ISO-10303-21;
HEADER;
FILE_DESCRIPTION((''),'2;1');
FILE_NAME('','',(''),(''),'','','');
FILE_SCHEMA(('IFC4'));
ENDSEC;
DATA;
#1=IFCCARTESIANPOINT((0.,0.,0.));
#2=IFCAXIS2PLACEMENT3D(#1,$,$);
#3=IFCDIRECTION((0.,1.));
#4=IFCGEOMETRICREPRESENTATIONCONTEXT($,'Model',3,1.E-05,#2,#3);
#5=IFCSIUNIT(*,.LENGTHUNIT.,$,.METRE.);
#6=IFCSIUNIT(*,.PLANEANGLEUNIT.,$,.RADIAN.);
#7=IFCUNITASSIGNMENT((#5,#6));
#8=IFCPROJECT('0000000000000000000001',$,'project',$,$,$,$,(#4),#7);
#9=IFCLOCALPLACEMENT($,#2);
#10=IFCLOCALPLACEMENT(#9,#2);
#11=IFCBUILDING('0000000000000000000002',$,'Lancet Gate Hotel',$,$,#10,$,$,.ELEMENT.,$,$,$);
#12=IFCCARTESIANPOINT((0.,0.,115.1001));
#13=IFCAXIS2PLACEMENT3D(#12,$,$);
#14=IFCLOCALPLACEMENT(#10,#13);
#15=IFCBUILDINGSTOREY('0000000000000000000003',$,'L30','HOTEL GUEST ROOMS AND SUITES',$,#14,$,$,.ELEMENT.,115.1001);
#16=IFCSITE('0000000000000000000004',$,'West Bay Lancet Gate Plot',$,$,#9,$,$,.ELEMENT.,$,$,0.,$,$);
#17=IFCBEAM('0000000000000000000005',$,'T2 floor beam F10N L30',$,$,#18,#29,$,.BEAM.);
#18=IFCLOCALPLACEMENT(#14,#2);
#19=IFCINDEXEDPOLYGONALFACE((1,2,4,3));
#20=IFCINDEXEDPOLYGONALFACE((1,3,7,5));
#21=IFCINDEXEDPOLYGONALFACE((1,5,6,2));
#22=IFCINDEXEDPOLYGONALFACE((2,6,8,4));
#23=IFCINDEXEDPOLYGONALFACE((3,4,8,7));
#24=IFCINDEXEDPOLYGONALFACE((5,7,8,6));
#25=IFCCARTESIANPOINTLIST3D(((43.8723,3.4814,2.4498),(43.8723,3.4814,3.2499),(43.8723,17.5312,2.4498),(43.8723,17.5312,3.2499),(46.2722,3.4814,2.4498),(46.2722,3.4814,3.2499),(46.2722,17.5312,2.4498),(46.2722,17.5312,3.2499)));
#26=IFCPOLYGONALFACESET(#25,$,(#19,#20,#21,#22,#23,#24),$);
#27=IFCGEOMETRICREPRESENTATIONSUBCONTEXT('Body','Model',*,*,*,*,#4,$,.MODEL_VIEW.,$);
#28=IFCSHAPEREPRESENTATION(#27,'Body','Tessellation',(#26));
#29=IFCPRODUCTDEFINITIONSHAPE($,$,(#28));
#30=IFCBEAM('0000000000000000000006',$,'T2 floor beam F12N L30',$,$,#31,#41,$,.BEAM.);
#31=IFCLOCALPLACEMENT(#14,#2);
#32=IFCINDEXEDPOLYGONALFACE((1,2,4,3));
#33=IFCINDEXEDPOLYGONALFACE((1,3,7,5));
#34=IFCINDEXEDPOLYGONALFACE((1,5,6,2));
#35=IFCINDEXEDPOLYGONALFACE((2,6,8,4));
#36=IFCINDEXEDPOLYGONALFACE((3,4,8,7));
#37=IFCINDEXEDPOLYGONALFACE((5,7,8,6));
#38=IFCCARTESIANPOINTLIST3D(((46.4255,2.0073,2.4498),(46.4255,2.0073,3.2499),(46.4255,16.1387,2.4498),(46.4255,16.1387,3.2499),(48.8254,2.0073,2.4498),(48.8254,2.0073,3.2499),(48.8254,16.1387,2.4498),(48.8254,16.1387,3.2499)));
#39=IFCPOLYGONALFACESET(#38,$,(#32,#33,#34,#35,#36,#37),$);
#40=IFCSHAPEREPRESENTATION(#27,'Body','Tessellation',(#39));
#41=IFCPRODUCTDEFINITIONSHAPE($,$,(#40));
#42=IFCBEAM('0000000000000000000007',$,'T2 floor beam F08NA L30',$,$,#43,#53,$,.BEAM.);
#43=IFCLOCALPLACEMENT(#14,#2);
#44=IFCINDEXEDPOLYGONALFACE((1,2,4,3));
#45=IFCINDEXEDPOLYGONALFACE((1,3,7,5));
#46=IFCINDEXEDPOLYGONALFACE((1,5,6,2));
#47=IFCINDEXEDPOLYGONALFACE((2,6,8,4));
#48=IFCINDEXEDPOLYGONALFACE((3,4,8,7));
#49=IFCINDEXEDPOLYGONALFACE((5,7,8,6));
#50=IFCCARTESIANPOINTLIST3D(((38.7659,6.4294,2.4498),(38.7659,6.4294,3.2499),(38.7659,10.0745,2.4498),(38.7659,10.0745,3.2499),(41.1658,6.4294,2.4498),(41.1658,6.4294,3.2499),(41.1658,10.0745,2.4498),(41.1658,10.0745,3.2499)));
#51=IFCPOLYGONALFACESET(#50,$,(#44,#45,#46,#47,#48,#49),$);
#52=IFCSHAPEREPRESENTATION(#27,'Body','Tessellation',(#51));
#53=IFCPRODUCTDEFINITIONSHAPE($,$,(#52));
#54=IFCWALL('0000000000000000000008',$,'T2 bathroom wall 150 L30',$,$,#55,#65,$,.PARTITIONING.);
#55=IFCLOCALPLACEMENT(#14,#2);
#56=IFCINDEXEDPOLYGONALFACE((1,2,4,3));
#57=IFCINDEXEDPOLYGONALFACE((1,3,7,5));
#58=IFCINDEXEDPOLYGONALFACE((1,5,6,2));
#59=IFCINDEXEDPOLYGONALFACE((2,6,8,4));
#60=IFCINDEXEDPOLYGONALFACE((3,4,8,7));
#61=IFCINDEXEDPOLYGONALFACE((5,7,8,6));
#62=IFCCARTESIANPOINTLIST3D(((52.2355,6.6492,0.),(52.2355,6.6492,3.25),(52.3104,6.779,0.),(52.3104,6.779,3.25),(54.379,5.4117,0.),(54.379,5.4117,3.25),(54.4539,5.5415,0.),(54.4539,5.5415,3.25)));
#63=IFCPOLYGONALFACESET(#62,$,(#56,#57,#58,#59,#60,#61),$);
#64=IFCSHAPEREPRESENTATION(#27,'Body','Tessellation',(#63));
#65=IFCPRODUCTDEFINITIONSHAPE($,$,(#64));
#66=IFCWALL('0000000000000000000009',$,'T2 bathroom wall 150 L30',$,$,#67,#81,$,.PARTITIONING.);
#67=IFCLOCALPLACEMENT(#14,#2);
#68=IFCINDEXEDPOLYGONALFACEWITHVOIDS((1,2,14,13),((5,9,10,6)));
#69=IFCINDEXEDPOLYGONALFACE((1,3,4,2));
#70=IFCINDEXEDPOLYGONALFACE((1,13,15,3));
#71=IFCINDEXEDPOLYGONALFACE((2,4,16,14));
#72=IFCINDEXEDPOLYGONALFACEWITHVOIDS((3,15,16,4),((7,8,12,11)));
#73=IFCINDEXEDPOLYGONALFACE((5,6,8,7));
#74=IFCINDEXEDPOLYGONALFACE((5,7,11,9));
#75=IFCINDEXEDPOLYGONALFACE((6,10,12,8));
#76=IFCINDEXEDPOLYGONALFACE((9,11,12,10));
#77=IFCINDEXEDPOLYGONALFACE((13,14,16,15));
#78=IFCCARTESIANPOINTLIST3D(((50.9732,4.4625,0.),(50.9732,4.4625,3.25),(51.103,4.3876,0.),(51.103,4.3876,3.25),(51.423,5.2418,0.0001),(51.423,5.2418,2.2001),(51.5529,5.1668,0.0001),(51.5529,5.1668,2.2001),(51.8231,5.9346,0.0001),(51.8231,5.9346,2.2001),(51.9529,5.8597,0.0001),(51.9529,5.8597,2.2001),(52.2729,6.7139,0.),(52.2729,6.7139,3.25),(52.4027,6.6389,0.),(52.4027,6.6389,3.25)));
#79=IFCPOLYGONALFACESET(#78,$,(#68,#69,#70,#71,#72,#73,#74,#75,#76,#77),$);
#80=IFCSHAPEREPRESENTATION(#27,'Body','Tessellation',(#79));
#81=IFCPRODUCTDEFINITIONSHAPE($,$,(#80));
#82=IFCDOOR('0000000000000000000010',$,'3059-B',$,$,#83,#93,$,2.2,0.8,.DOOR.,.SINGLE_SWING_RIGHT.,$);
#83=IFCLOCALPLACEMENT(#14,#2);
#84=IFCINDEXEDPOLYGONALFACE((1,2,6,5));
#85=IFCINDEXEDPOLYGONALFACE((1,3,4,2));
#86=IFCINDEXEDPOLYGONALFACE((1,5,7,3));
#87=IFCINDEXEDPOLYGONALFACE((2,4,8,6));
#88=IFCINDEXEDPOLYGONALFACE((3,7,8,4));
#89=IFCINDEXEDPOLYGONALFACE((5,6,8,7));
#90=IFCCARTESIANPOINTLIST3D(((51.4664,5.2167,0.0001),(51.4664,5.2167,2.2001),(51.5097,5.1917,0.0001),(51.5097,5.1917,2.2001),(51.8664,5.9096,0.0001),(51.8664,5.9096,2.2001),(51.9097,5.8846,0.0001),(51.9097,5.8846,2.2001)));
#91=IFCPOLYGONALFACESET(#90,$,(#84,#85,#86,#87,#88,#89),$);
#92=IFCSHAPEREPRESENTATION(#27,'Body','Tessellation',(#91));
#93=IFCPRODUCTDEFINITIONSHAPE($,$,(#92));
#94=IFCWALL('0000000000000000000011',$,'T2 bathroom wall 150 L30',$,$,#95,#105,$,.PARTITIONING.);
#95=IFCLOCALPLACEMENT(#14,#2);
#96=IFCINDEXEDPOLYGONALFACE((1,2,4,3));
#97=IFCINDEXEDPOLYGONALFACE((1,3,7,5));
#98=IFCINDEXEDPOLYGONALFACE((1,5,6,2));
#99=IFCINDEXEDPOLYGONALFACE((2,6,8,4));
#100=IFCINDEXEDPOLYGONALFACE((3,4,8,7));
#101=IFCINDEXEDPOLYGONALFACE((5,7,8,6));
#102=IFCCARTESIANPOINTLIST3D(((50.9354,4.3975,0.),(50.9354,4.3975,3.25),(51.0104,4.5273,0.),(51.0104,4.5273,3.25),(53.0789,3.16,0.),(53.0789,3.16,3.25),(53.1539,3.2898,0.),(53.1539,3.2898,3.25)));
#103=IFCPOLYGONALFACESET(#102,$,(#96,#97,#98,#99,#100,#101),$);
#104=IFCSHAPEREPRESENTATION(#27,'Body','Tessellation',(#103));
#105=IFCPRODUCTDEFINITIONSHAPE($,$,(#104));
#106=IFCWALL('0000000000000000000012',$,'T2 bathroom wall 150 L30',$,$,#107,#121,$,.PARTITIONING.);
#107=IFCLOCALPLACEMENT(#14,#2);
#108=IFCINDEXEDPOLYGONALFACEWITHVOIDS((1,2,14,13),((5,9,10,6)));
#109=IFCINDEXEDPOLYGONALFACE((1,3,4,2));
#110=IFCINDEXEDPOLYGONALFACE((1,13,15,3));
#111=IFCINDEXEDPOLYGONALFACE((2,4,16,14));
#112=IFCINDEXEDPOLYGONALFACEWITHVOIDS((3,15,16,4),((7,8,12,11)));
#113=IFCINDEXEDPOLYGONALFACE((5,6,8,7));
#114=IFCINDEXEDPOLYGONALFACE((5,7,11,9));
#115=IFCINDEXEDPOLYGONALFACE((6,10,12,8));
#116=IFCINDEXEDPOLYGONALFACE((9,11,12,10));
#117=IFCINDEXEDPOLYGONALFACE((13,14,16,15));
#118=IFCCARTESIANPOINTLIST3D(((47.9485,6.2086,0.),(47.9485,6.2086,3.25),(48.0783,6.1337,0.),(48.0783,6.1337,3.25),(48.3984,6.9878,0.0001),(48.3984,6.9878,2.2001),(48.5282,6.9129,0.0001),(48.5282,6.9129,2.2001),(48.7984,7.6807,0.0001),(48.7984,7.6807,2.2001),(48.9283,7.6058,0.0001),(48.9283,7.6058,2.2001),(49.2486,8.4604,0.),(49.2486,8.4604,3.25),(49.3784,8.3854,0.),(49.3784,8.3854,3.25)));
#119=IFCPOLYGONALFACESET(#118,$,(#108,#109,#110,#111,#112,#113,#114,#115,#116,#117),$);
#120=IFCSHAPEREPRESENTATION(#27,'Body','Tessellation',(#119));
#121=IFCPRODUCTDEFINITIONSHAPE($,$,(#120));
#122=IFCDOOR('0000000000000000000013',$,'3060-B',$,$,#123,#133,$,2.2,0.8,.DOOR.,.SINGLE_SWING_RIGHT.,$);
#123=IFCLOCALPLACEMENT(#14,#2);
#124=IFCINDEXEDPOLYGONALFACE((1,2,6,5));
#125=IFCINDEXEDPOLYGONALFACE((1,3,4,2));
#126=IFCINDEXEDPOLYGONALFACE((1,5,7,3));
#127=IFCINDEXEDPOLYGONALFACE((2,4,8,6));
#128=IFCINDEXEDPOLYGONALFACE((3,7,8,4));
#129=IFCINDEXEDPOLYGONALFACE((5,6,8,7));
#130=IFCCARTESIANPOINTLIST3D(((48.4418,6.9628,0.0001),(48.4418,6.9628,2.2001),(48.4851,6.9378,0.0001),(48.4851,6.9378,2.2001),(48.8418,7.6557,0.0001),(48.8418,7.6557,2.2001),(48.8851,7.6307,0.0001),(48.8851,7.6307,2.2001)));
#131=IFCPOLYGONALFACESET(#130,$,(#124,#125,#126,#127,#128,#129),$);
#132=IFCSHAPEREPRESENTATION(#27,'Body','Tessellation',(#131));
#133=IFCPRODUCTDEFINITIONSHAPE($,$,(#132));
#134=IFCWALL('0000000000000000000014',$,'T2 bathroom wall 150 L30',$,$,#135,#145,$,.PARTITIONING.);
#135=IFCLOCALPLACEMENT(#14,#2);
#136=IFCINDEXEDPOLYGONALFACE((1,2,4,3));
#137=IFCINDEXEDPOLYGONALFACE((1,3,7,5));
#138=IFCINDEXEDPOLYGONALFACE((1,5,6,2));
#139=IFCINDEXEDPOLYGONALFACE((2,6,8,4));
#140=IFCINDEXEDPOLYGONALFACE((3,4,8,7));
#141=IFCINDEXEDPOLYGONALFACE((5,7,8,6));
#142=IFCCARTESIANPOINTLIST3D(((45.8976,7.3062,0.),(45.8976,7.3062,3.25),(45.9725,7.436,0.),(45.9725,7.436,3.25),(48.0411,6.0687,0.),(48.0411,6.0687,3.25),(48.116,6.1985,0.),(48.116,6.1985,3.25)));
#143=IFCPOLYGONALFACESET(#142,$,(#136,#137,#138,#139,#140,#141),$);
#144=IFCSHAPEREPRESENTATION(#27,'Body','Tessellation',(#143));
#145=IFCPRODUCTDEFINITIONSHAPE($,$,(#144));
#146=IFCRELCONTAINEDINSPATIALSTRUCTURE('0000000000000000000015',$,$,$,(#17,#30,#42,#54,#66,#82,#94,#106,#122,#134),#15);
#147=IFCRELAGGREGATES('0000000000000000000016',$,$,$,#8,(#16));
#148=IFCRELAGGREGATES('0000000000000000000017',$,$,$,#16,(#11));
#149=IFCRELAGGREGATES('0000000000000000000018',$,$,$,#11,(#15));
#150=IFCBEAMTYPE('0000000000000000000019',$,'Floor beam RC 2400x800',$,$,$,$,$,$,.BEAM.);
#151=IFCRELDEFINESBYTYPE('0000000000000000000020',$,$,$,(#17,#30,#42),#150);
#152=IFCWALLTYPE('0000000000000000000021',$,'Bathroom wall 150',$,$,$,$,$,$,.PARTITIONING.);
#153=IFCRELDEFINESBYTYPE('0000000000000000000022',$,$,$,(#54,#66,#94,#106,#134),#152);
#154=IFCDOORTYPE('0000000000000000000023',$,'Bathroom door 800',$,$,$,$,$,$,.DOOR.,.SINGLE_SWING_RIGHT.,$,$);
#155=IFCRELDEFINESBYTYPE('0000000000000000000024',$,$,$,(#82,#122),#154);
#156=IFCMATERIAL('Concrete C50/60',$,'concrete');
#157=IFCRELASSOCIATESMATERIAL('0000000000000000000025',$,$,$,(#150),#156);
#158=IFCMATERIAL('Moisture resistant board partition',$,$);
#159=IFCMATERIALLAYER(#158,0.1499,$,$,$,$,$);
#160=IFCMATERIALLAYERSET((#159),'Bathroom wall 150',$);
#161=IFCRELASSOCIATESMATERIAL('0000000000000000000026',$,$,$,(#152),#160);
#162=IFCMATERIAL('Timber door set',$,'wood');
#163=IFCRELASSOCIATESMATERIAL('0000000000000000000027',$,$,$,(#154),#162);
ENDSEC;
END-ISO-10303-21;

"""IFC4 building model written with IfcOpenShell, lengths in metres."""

from ifc_helpers import new_model, si_unit, direction, frame, frame_2d, origin, origin_2d, place, context, subcontext, project, spatial, rectangle, extrude, material, layer, layer_set, material_profile, profile_set, type_object, element, fill, save


model = new_model("IFC4")

# Units and contexts
model_context = context("Model", 3, precision=1e-05, world=origin(), true_north=direction((0.0, 1.0)))
body_context = subcontext(model_context, "Body", "Model", "MODEL_VIEW")
ifc_project = project(units=[si_unit("LENGTHUNIT", "METRE"), si_unit("PLANEANGLEUNIT", "RADIAN")], contexts=[model_context])

# Site, building, storey
site_placement = place(None, origin())
site = spatial("IfcSite", under=ifc_project, at=site_placement, Name="West Bay Lancet Gate Plot", CompositionType="ELEMENT", RefElevation=0.0)
building_placement = place(site_placement, origin())
building = spatial("IfcBuilding", under=site, at=building_placement, Name="Lancet Gate Hotel", CompositionType="ELEMENT")
storey_placement = place(building_placement, frame((0.0, 0.0, 115.1001)))
storey = spatial("IfcBuildingStorey", under=building, at=storey_placement, Name="L30", Description="HOTEL GUEST ROOMS AND SUITES", CompositionType="ELEMENT", Elevation=115.1001)

# Beams
ifc_material_1 = material(Name="Concrete C50/60", Category="concrete")
ifc_material_profile = material_profile(ifc_material_1, rectangle(XDim=2.3999, YDim=0.8, at=origin_2d()), Name="RC 2400x800")
ifc_profile_set = profile_set([ifc_material_profile], Name="Concrete C50/60")
beam_type = type_object("IfcBeamType", Name="Floor beam RC 2400x800", PredefinedType="BEAM", material=ifc_profile_set)
beam_1_placement = place(storey_placement, frame((45.0723, 3.4814, 2.8499), z_axis=(0.0, 1.0, 0.0), x_axis=(-1.0, 0.0, 0.0)))
element("IfcBeam", 1, at=beam_1_placement, inside=storey, type_object=beam_type, Name="T2 floor beam F10N L30", PredefinedType="BEAM", context=body_context, shape_type="SweptSolid", body=[
    extrude(rectangle(XDim=2.3999, YDim=0.8, at=origin_2d()), origin(), (0.0, 0.0, 1.0), 14.0498),
])
beam_2_placement = place(storey_placement, frame((47.6255, 2.0073, 2.8499), z_axis=(0.0, 1.0, 0.0), x_axis=(-1.0, 0.0, 0.0)))
element("IfcBeam", 2, at=beam_2_placement, inside=storey, type_object=beam_type, Name="T2 floor beam F12N L30", PredefinedType="BEAM", context=body_context, shape_type="SweptSolid", body=[
    extrude(rectangle(XDim=2.3999, YDim=0.8, at=origin_2d()), origin(), (0.0, 0.0, 1.0), 14.1313),
])
beam_3_placement = place(storey_placement, frame((39.9658, 6.4294, 2.8499), z_axis=(0.0, 1.0, 0.0), x_axis=(-1.0, 0.0, 0.0)))
element("IfcBeam", 3, at=beam_3_placement, inside=storey, type_object=beam_type, Name="T2 floor beam F08NA L30", PredefinedType="BEAM", context=body_context, shape_type="SweptSolid", body=[
    extrude(rectangle(XDim=2.3999, YDim=0.8, at=origin_2d()), origin(), (0.0, 0.0, 1.0), 3.645),
])

# Wall
ifc_material_2 = material(Name="Moisture resistant board partition")
ifc_layer_1 = layer(ifc_material_2, 0.1499)
ifc_layer_set_1 = layer_set([ifc_layer_1], Name="Bathroom wall 150")
wall_type_1 = type_object("IfcWallType", Name="Bathroom wall 150", PredefinedType="PARTITIONING", material=ifc_layer_set_1)
wall_1_placement = place(storey_placement, frame((52.2729, 6.7141, 0.0), z_axis=(0.0, 0.0, 1.0), x_axis=(0.866031, -0.49999, 0.0)))
element("IfcWall", 4, at=wall_1_placement, inside=storey, type_object=wall_type_1, Name="T2 bathroom wall 150 L30", PredefinedType="PARTITIONING", context=body_context, shape_type="SweptSolid", body=[
    extrude(rectangle(XDim=2.4751, YDim=0.1499, at=frame_2d((1.2375, 0.0))), origin(), (0.0, 0.0, 1.0), 3.25),
])

# Wall, opening, door
wall_2_placement = place(storey_placement, frame((51.0381, 4.425, 0.0), z_axis=(0.0, 0.0, 1.0), x_axis=(0.499977, 0.866039, 0.0)))
wall_2 = element("IfcWall", 5, at=wall_2_placement, inside=storey, type_object=wall_type_1, Name="T2 bathroom wall 150 L30", PredefinedType="PARTITIONING", context=body_context, shape_type="SweptSolid", body=[
    extrude(rectangle(XDim=2.5996, YDim=0.1499, at=frame_2d((1.2998, 0.0))), origin(), (0.0, 0.0, 1.0), 3.25),
])
opening_1_placement = place(wall_2_placement, frame((0.8999, 0.0, 0.0)))
opening_1 = element("IfcOpeningElement", 6, at=opening_1_placement, cuts=wall_2, PredefinedType="OPENING", context=body_context, shape_type="SweptSolid", body=[
    extrude(rectangle(XDim=0.8, YDim=2.2, at=frame_2d((0.3999, 1.1001))), frame((0.0, 0.085, 0.0), z_axis=(0.0, -1.0, 0.0), x_axis=(1.0, 0.0, 0.0)), (0.0, 0.0, 1.0), 0.1699),
])
ifc_material_3 = material(Name="Timber door set", Category="wood")
door_type_1 = type_object("IfcDoorType", Name="Bathroom door 800", OperationType="SINGLE_SWING_RIGHT", PredefinedType="DOOR", material=ifc_material_3)
door_1_placement = place(opening_1_placement, origin())
door_1 = element("IfcDoor", 7, at=door_1_placement, inside=storey, type_object=door_type_1, Name="3059-B", OperationType="SINGLE_SWING_RIGHT", OverallHeight=2.2, OverallWidth=0.8, PredefinedType="DOOR", context=body_context, shape_type="SweptSolid", body=[
    extrude(rectangle(XDim=0.8, YDim=2.2, at=frame_2d((0.3999, 1.1001))), frame((0.0, 0.0249, 0.0), z_axis=(0.0, -1.0, 0.0), x_axis=(1.0, 0.0, 0.0)), (0.0, 0.0, 1.0), 0.05),
])
fill(opening_1, door_1)

# Wall
wall_3_placement = place(storey_placement, frame((50.9729, 4.4624, 0.0), z_axis=(0.0, 0.0, 1.0), x_axis=(0.866031, -0.49999, 0.0)))
element("IfcWall", 8, at=wall_3_placement, inside=storey, type_object=wall_type_1, Name="T2 bathroom wall 150 L30", PredefinedType="PARTITIONING", context=body_context, shape_type="SweptSolid", body=[
    extrude(rectangle(XDim=2.4751, YDim=0.1499, at=frame_2d((1.2375, 0.0))), origin(), (0.0, 0.0, 1.0), 3.25),
])

# Wall, opening, door
wall_4_placement = place(storey_placement, frame((48.0134, 6.1711, 0.0), z_axis=(0.0, 0.0, 1.0), x_axis=(0.500007, 0.866021, 0.0)))
wall_4 = element("IfcWall", 9, at=wall_4_placement, inside=storey, type_object=wall_type_1, Name="T2 bathroom wall 150 L30", PredefinedType="PARTITIONING", context=body_context, shape_type="SweptSolid", body=[
    extrude(rectangle(XDim=2.6001, YDim=0.1499, at=frame_2d((1.3, 0.0))), origin(), (0.0, 0.0, 1.0), 3.25),
])
opening_2_placement = place(wall_4_placement, frame((0.8999, 0.0, 0.0)))
opening_2 = element("IfcOpeningElement", 10, at=opening_2_placement, cuts=wall_4, PredefinedType="OPENING", context=body_context, shape_type="SweptSolid", body=[
    extrude(rectangle(XDim=0.8, YDim=2.2, at=frame_2d((0.3999, 1.1001))), frame((0.0, 0.085, 0.0), z_axis=(0.0, -1.0, 0.0), x_axis=(1.0, 0.0, 0.0)), (0.0, 0.0, 1.0), 0.1699),
])
door_2_placement = place(opening_2_placement, origin())
door_2 = element("IfcDoor", 11, at=door_2_placement, inside=storey, type_object=door_type_1, Name="3060-B", OperationType="SINGLE_SWING_RIGHT", OverallHeight=2.2, OverallWidth=0.8, PredefinedType="DOOR", context=body_context, shape_type="SweptSolid", body=[
    extrude(rectangle(XDim=0.8, YDim=2.2, at=frame_2d((0.3999, 1.1001))), frame((0.0, 0.0249, 0.0), z_axis=(0.0, -1.0, 0.0), x_axis=(1.0, 0.0, 0.0)), (0.0, 0.0, 1.0), 0.05),
])
fill(opening_2, door_2)

# Wall
wall_5_placement = place(storey_placement, frame((45.9351, 7.3711, 0.0), z_axis=(0.0, 0.0, 1.0), x_axis=(0.866031, -0.49999, 0.0)))
element("IfcWall", 12, at=wall_5_placement, inside=storey, type_object=wall_type_1, Name="T2 bathroom wall 150 L30", PredefinedType="PARTITIONING", context=body_context, shape_type="SweptSolid", body=[
    extrude(rectangle(XDim=2.4751, YDim=0.1499, at=frame_2d((1.2375, 0.0))), origin(), (0.0, 0.0, 1.0), 3.25),
])

save(model, "model.ifc")
